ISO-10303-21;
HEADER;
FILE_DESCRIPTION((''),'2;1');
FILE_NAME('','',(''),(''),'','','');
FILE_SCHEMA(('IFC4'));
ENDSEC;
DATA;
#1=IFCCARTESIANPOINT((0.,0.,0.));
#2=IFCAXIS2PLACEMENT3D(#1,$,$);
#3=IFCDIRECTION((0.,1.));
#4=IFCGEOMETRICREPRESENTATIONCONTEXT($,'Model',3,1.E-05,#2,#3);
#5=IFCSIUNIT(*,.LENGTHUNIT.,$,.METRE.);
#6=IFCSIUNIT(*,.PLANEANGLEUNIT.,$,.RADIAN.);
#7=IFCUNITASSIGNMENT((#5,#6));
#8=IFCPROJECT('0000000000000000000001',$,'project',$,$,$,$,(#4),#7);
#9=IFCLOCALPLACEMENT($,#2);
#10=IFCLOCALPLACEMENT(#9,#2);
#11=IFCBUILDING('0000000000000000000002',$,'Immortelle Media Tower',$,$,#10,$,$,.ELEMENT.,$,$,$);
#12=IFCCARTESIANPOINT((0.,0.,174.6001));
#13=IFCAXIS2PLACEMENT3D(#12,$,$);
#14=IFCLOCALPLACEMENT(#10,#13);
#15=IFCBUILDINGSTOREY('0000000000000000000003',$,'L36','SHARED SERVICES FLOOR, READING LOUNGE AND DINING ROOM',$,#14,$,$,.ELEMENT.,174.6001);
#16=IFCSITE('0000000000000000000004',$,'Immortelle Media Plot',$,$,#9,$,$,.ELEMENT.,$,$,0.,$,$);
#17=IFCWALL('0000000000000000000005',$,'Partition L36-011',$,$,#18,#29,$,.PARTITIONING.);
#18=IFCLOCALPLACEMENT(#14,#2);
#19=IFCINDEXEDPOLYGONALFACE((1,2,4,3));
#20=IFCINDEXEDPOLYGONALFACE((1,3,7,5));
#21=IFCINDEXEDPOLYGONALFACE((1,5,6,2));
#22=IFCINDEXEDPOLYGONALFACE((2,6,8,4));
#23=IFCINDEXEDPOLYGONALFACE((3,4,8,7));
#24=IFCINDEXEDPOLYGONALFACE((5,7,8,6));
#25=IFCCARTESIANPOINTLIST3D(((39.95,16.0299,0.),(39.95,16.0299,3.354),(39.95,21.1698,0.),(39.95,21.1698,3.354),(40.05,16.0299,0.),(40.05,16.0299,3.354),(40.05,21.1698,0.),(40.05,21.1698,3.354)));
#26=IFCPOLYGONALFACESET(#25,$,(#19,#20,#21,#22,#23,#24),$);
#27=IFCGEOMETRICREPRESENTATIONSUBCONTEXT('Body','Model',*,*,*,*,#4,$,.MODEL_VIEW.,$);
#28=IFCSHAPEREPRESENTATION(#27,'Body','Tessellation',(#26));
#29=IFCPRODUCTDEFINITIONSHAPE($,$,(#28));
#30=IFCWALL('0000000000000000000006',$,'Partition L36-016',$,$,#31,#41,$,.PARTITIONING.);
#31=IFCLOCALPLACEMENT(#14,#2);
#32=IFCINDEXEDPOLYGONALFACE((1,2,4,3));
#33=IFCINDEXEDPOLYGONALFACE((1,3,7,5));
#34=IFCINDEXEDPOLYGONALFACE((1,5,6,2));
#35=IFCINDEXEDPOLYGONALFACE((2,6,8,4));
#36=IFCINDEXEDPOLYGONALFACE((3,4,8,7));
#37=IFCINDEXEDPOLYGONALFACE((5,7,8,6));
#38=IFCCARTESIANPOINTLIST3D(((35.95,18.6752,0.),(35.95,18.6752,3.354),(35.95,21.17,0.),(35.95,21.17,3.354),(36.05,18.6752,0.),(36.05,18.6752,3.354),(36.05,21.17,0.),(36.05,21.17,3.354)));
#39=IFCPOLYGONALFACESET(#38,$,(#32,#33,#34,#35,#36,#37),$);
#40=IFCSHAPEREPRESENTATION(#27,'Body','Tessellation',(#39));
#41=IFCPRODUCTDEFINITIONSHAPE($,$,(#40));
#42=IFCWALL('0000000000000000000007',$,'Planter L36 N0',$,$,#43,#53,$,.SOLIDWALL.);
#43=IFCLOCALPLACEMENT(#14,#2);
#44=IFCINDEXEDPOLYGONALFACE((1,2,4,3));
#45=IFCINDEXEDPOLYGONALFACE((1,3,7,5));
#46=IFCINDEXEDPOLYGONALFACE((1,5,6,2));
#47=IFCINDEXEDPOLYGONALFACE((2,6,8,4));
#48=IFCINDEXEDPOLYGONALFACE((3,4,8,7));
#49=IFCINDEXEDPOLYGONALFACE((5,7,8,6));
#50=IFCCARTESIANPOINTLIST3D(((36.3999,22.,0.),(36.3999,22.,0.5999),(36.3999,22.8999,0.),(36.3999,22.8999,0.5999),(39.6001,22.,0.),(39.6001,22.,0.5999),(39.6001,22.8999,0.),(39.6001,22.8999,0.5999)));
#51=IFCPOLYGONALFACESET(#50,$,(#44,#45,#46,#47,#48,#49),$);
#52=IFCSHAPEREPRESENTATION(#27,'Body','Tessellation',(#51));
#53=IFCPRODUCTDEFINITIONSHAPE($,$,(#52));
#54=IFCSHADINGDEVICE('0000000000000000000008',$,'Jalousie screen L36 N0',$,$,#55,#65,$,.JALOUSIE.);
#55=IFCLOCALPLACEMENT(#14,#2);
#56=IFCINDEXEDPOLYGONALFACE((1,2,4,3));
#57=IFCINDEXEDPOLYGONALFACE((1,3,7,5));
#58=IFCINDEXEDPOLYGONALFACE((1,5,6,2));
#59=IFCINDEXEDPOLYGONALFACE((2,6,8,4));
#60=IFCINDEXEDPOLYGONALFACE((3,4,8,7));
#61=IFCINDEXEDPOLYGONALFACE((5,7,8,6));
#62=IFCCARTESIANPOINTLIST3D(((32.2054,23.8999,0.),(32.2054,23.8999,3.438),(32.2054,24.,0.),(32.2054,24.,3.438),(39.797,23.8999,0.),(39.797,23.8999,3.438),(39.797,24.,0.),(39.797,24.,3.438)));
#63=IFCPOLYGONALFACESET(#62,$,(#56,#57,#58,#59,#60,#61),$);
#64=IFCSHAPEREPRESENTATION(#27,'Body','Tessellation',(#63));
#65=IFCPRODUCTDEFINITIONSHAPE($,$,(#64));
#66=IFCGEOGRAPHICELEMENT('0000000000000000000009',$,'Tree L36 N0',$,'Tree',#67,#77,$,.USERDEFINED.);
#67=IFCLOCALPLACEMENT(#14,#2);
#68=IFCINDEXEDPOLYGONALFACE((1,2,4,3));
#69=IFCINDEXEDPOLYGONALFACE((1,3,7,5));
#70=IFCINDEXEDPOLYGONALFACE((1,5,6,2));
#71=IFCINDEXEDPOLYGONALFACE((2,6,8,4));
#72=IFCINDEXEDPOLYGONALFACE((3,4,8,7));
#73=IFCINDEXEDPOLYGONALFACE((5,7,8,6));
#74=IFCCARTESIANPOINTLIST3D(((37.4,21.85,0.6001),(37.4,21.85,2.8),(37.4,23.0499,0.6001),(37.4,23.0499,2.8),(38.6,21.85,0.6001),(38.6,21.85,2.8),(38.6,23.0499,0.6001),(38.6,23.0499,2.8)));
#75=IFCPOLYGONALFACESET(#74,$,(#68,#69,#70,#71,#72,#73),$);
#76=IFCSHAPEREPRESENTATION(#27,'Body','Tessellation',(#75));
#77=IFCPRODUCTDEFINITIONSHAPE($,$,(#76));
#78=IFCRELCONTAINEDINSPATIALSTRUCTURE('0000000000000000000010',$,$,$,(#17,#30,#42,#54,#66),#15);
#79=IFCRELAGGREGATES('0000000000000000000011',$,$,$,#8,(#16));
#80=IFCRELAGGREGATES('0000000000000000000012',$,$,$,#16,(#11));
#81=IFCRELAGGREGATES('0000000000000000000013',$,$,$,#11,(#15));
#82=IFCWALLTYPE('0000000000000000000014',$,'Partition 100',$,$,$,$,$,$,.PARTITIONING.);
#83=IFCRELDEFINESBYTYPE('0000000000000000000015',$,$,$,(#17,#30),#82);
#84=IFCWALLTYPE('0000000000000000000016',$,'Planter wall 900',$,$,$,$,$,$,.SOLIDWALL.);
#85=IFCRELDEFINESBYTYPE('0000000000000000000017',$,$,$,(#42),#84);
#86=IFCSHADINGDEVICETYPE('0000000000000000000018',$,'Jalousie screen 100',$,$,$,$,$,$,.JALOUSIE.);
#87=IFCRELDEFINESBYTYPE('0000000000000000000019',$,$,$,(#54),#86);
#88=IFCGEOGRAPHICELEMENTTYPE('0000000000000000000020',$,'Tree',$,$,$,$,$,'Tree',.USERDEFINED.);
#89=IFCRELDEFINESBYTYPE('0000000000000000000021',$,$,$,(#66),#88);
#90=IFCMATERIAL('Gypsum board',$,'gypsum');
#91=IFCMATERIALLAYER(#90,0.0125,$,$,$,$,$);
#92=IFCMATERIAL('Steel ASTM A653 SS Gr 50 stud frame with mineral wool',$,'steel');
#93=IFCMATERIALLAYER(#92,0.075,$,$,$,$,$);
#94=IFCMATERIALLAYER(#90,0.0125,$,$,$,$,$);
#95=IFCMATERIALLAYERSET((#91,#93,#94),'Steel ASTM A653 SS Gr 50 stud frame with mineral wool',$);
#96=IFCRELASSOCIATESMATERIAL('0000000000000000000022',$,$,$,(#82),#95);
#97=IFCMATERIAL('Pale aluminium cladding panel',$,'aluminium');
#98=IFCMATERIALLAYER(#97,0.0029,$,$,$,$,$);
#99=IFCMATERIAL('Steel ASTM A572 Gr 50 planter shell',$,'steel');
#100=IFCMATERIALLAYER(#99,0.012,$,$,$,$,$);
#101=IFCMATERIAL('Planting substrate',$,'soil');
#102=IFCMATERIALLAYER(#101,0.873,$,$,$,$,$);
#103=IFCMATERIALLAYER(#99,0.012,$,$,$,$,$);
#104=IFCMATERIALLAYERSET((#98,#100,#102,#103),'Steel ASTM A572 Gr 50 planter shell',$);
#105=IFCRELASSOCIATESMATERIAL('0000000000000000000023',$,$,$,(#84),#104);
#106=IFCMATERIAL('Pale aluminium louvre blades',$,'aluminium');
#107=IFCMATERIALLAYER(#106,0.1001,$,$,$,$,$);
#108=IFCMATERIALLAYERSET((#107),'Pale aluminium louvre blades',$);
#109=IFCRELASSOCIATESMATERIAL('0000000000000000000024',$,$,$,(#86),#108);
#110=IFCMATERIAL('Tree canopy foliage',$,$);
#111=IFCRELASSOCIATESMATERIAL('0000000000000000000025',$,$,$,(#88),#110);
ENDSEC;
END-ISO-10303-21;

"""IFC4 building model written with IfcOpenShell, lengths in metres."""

from ifc_helpers import new_model, si_unit, direction, frame, frame_2d, origin, origin_2d, place, context, subcontext, project, spatial, rectangle, extrude, material, layer, layer_set, type_object, element, save


model = new_model("IFC4")

# Units and contexts
model_context = context("Model", 3, precision=1e-05, world=origin(), true_north=direction((0.0, 1.0)))
body_context = subcontext(model_context, "Body", "Model", "MODEL_VIEW")
ifc_project = project(units=[si_unit("LENGTHUNIT", "METRE"), si_unit("PLANEANGLEUNIT", "RADIAN")], contexts=[model_context])

# Site, building, storey
site_placement = place(None, origin())
site = spatial("IfcSite", under=ifc_project, at=site_placement, Name="Immortelle Media Plot", CompositionType="ELEMENT", RefElevation=0.0)
building_placement = place(site_placement, origin())
building = spatial("IfcBuilding", under=site, at=building_placement, Name="Immortelle Media Tower", CompositionType="ELEMENT")
storey_placement = place(building_placement, frame((0.0, 0.0, 174.6001)))
storey = spatial("IfcBuildingStorey", under=building, at=storey_placement, Name="L36", Description="SHARED SERVICES FLOOR, READING LOUNGE AND DINING ROOM", CompositionType="ELEMENT", Elevation=174.6001)

# Shared definitions
ifc_material_1 = material(Name="Steel ASTM A653 SS Gr 50 stud frame with mineral wool", Category="steel")

# Shared definitions
ifc_material_2 = material(Name="Pale aluminium cladding panel", Category="aluminium")

# Walls
ifc_material_3 = material(Name="Gypsum board", Category="gypsum")
ifc_layer_1 = layer(ifc_material_3, 0.0125)
ifc_layer_2 = layer(ifc_material_1, 0.075)
ifc_layer_3 = layer(ifc_material_3, 0.0125)
ifc_layer_set_1 = layer_set([ifc_layer_1, ifc_layer_2, ifc_layer_3], Name="Steel ASTM A653 SS Gr 50 stud frame with mineral wool")
wall_type_1 = type_object("IfcWallType", Name="Partition 100", PredefinedType="PARTITIONING", material=ifc_layer_set_1)
wall_1_placement = place(storey_placement, frame((40.0, 16.03, 0.0), z_axis=(0.0, 0.0, 1.0), x_axis=(0.0, 1.0, 0.0)))
element("IfcWall", 1, at=wall_1_placement, inside=storey, type_object=wall_type_1, Name="Partition L36-011", PredefinedType="PARTITIONING", context=body_context, shape_type="SweptSolid", body=[
    extrude(rectangle(XDim=5.1399, YDim=0.1001, at=frame_2d((2.5698, 0.0))), origin(), (0.0, 0.0, 1.0), 3.354),
])
wall_2_placement = place(storey_placement, frame((36.0, 18.675, 0.0), z_axis=(0.0, 0.0, 1.0), x_axis=(0.0, 1.0, 0.0)))
element("IfcWall", 2, at=wall_2_placement, inside=storey, type_object=wall_type_1, Name="Partition L36-016", PredefinedType="PARTITIONING", context=body_context, shape_type="SweptSolid", body=[
    extrude(rectangle(XDim=2.4949, YDim=0.1001, at=frame_2d((1.2476, 0.0))), origin(), (0.0, 0.0, 1.0), 3.354),
])
ifc_layer_4 = layer(ifc_material_2, 0.0029)
ifc_material_4 = material(Name="Steel ASTM A572 Gr 50 planter shell", Category="steel")
ifc_layer_5 = layer(ifc_material_4, 0.012)
ifc_material_5 = material(Name="Planting substrate", Category="soil")
ifc_layer_6 = layer(ifc_material_5, 0.873)
ifc_layer_7 = layer(ifc_material_4, 0.012)
ifc_layer_set_2 = layer_set([ifc_layer_4, ifc_layer_5, ifc_layer_6, ifc_layer_7], Name="Steel ASTM A572 Gr 50 planter shell")
wall_type_2 = type_object("IfcWallType", Name="Planter wall 900", PredefinedType="SOLIDWALL", material=ifc_layer_set_2)
wall_3_placement = place(storey_placement, frame((39.6001, 22.45, 0.0), z_axis=(0.0, 0.0, 1.0), x_axis=(-1.0, 0.0, 0.0)))
element("IfcWall", 3, at=wall_3_placement, inside=storey, type_object=wall_type_2, Name="Planter L36 N0", PredefinedType="SOLIDWALL", context=body_context, shape_type="SweptSolid", body=[
    extrude(rectangle(XDim=3.2002, YDim=0.8999, at=frame_2d((1.6001, 0.0))), origin(), (0.0, 0.0, 1.0), 0.5999),
])

# Shading device
ifc_material_6 = material(Name="Pale aluminium louvre blades", Category="aluminium")
ifc_layer_8 = layer(ifc_material_6, 0.1001)
ifc_layer_set_3 = layer_set([ifc_layer_8], Name="Pale aluminium louvre blades")
shading_device_type = type_object("IfcShadingDeviceType", Name="Jalousie screen 100", PredefinedType="JALOUSIE", material=ifc_layer_set_3)
shading_device_placement = place(storey_placement, frame((36.0012, 23.95, 0.0), z_axis=(0.0, 0.0, 1.0), x_axis=(-1.0, 0.0, 0.0)))
element("IfcShadingDevice", 4, at=shading_device_placement, inside=storey, type_object=shading_device_type, Name="Jalousie screen L36 N0", PredefinedType="JALOUSIE", context=body_context, shape_type="SweptSolid", body=[
    extrude(rectangle(XDim=7.5916, YDim=0.1001, at=origin_2d()), origin(), (0.0, 0.0, 1.0), 3.438),
])

# Geographic element
ifc_material_7 = material(Name="Tree canopy foliage")
geographic_element_type = type_object("IfcGeographicElementType", Name="Tree", ElementType="Tree", PredefinedType="USERDEFINED", material=ifc_material_7)
geographic_element_placement = place(storey_placement, frame((38.0, 22.45, 0.6001), z_axis=(0.0, 0.0, 1.0), x_axis=(1.0, 0.0, 0.0)))
element("IfcGeographicElement", 5, at=geographic_element_placement, inside=storey, type_object=geographic_element_type, Name="Tree L36 N0", ObjectType="Tree", PredefinedType="USERDEFINED", context=body_context, shape_type="SweptSolid", body=[
    extrude(rectangle(XDim=1.2, YDim=1.2, at=origin_2d()), origin(), (0.0, 0.0, 1.0), 2.2),
])

save(model, "model.ifc")
